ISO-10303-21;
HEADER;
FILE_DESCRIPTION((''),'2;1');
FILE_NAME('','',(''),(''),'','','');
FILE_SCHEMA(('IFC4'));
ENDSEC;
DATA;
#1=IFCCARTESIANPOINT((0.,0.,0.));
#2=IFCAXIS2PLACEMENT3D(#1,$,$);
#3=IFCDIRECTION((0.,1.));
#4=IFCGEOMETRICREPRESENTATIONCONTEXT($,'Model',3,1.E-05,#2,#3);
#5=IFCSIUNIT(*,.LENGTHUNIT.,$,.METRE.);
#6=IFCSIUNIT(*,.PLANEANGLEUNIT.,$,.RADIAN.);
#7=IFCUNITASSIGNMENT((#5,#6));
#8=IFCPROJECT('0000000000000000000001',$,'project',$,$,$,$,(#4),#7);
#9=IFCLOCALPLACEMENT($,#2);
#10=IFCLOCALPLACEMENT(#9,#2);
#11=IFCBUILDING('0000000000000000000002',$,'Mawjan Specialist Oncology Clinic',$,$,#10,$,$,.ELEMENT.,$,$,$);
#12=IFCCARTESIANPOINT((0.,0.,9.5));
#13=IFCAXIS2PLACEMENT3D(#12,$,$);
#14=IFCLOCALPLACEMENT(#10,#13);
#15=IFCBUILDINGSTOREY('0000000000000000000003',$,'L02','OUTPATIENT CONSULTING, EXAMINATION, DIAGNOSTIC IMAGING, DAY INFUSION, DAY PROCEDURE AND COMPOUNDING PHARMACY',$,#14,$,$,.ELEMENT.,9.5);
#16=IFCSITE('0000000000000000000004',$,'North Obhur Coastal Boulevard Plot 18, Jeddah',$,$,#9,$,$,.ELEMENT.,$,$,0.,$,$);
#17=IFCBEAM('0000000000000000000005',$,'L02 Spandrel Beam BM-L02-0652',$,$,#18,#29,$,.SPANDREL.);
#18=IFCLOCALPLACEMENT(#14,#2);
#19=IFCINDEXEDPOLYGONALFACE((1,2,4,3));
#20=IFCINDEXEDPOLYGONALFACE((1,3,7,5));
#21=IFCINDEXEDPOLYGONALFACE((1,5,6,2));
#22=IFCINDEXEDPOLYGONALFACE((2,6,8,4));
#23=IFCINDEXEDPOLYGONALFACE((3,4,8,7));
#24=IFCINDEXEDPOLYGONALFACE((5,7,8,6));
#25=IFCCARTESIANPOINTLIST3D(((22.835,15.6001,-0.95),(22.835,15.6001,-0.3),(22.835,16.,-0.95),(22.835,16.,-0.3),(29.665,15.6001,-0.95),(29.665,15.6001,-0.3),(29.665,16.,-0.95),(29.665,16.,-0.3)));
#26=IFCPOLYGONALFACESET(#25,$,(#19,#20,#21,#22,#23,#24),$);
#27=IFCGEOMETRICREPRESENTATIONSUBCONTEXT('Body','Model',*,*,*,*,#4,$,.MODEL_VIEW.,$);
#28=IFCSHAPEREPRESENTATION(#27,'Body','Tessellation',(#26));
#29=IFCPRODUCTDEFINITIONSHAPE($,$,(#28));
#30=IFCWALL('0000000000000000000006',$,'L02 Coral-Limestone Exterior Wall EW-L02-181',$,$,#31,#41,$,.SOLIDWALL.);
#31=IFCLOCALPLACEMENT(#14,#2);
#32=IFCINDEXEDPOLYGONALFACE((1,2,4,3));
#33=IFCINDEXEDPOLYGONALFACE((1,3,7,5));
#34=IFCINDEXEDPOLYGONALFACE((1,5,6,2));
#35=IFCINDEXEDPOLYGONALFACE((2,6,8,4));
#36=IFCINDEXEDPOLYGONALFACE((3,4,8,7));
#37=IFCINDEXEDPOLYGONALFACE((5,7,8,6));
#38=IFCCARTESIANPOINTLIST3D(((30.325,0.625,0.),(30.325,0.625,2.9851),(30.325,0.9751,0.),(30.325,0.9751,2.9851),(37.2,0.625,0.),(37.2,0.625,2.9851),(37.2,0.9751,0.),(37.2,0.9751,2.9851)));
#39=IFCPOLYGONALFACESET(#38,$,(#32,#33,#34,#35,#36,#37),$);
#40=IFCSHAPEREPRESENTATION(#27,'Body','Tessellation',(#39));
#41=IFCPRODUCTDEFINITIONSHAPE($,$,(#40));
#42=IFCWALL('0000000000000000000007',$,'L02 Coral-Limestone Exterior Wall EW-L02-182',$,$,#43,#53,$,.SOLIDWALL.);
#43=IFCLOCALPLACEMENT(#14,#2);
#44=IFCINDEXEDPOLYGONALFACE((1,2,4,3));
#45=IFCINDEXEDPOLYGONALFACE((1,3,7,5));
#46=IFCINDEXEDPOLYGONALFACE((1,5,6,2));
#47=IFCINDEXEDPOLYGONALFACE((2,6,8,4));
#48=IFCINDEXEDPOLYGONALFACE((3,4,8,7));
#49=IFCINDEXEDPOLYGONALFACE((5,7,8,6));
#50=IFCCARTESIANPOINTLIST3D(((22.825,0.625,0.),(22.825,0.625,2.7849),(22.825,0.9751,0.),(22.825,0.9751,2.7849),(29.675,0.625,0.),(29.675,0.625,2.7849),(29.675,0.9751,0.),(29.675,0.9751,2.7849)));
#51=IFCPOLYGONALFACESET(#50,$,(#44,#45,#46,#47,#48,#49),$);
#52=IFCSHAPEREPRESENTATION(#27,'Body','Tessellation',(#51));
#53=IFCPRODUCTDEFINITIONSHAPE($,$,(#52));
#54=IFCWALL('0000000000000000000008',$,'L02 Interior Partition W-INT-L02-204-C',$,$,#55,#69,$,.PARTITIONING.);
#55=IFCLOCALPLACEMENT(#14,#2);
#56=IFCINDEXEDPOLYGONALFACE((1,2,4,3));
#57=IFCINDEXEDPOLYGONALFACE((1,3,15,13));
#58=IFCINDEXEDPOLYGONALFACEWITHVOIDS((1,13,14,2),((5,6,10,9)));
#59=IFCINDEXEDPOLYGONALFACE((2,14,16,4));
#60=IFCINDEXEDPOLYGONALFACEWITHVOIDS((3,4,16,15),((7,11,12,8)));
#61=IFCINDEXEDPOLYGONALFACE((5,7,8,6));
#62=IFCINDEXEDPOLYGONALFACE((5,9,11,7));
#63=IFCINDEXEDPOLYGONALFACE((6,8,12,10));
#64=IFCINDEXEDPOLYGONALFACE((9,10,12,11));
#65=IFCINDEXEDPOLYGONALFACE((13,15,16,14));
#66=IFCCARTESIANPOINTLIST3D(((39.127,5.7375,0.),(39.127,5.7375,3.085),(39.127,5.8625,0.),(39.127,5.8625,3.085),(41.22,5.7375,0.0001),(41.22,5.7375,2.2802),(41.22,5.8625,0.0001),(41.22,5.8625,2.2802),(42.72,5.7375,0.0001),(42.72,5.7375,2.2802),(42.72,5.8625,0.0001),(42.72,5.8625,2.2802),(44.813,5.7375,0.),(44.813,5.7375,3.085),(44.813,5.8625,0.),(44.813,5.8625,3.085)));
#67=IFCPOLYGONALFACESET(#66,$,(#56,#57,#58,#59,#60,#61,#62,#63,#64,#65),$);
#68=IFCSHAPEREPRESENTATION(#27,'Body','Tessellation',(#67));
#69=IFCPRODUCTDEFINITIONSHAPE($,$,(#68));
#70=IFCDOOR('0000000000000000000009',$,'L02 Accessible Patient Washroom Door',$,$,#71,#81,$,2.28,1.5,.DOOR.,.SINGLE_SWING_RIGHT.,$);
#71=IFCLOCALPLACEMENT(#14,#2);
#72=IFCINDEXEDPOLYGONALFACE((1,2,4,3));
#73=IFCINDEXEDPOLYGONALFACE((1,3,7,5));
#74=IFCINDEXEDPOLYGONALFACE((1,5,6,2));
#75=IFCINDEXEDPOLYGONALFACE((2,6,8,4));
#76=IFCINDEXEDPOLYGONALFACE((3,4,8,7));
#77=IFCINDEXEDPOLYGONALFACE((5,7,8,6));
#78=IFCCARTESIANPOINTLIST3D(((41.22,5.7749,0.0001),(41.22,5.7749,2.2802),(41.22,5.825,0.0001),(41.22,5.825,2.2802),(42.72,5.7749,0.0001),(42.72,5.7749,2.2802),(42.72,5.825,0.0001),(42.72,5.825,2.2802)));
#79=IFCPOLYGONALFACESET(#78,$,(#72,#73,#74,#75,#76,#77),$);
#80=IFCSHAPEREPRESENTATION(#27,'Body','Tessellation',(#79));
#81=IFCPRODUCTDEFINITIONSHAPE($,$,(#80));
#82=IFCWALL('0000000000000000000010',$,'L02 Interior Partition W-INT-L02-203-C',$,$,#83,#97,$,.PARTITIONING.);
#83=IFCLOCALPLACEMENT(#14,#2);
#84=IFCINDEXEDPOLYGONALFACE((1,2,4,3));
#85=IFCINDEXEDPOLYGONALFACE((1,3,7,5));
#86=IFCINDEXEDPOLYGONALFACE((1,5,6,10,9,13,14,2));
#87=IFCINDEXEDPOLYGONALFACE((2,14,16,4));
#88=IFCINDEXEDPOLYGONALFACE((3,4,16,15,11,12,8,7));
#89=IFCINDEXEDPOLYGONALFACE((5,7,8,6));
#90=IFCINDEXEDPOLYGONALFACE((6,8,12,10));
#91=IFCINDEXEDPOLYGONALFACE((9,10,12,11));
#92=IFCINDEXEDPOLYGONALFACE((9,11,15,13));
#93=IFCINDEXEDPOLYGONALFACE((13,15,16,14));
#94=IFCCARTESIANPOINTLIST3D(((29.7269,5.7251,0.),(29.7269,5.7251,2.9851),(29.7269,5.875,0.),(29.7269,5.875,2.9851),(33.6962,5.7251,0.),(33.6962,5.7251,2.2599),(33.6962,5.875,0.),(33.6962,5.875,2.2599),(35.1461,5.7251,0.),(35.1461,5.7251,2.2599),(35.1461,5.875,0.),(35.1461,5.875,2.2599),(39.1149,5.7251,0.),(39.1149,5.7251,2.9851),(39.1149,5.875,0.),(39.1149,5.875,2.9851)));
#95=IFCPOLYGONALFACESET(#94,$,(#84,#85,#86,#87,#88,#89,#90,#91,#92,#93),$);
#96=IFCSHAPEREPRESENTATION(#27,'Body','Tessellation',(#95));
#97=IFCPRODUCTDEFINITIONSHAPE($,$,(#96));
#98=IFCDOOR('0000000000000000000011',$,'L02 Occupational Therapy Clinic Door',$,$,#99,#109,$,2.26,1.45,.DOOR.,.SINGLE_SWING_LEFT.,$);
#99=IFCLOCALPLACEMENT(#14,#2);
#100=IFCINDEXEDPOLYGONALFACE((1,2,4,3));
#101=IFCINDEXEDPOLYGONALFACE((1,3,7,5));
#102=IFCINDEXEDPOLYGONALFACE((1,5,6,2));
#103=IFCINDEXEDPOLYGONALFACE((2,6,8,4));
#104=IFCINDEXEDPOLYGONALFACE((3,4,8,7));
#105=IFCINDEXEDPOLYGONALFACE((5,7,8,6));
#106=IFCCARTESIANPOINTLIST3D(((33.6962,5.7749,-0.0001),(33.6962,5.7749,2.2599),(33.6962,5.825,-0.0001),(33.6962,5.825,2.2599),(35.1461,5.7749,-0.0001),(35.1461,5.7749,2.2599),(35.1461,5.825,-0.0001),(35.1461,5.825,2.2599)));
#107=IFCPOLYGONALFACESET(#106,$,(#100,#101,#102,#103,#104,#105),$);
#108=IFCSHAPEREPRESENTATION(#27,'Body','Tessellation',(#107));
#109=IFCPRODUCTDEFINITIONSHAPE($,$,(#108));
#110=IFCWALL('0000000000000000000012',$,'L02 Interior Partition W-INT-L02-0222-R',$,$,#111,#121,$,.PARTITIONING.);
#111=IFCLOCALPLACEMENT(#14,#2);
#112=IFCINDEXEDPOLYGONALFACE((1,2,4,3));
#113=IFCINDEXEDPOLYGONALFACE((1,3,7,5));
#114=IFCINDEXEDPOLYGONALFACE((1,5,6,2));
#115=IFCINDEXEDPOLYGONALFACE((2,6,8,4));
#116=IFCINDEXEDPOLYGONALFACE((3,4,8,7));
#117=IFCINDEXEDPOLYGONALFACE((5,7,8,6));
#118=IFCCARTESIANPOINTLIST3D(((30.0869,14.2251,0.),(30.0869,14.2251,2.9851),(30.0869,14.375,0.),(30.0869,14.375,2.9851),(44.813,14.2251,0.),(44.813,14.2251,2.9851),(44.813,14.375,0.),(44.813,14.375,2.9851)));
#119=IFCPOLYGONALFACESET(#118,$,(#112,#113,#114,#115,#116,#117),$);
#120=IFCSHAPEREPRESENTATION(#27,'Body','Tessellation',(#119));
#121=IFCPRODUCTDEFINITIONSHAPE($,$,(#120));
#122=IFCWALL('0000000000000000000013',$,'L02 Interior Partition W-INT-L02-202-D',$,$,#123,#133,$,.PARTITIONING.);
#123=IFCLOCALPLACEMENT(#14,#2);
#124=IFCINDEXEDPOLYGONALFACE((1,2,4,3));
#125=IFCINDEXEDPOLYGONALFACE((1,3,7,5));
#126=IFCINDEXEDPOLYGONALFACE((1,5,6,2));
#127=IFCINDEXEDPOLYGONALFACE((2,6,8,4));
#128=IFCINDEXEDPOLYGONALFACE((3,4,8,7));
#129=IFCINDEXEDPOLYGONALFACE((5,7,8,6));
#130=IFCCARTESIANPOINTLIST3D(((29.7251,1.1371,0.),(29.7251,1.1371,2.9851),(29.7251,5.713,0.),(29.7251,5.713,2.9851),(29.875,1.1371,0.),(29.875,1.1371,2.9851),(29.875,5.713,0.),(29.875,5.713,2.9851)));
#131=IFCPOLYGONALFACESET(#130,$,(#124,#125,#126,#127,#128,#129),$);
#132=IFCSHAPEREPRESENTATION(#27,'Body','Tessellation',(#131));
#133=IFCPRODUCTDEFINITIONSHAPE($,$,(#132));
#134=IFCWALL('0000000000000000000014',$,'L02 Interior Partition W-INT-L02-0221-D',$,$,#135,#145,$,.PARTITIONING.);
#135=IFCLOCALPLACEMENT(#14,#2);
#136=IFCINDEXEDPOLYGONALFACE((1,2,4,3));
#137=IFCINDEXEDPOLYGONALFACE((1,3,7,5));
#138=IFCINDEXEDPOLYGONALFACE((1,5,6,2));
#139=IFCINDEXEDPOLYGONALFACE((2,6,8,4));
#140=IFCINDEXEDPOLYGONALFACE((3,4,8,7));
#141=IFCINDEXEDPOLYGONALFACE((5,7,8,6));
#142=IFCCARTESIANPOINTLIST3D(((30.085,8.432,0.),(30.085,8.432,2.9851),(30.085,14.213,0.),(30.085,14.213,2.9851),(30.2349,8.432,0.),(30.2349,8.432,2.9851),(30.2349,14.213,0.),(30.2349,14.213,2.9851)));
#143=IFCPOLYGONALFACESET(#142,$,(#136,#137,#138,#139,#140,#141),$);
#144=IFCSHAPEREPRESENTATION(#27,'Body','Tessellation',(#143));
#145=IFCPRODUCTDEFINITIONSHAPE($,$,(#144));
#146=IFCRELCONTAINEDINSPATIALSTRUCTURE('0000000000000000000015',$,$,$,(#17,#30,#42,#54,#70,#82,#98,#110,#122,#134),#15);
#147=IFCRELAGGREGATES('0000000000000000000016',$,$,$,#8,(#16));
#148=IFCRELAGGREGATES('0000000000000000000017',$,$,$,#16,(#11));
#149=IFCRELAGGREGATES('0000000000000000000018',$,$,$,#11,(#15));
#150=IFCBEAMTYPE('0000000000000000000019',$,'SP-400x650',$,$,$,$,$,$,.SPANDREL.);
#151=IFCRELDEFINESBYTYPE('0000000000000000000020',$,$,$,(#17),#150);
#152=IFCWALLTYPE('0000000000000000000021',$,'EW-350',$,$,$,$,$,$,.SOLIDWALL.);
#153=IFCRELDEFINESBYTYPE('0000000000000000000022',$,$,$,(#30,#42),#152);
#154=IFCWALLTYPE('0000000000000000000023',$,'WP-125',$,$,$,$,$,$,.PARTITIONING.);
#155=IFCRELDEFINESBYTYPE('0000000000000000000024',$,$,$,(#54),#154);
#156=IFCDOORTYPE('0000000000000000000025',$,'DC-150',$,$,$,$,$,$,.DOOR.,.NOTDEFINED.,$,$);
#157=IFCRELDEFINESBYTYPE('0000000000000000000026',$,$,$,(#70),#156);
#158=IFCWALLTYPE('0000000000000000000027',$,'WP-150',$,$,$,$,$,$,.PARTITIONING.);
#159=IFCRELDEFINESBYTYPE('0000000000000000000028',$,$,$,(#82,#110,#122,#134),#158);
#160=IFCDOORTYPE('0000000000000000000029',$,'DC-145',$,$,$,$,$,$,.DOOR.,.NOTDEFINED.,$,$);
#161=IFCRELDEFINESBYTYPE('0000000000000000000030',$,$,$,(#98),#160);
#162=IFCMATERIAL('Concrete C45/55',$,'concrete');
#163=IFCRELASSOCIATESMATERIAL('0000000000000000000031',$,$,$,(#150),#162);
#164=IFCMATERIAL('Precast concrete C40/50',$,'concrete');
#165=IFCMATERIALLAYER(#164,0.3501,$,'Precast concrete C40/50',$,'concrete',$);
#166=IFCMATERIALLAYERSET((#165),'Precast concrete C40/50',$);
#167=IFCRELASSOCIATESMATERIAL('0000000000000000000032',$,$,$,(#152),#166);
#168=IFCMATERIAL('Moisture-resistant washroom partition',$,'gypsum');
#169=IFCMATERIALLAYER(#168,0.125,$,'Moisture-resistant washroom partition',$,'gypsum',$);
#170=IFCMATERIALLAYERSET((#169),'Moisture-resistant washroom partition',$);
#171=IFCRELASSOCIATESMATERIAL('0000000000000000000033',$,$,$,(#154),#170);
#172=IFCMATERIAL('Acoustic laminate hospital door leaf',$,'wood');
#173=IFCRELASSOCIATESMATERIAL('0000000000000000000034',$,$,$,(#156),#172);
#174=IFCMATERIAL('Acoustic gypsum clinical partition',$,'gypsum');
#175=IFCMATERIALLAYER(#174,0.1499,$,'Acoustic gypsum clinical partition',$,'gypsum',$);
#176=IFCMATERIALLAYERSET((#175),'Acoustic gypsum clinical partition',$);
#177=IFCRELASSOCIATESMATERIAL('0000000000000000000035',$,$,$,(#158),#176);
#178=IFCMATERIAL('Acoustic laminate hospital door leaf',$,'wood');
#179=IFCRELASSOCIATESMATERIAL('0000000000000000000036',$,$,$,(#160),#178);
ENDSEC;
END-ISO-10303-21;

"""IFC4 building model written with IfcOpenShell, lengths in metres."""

from ifc_helpers import new_model, si_unit, direction, frame, frame_2d, origin, origin_2d, place, context, subcontext, project, spatial, rectangle, extrude, material, layer, layer_set, material_profile, profile_set, type_object, element, fill, save


model = new_model("IFC4")

# Units and contexts
model_context = context("Model", 3, precision=1e-05, world=origin(), true_north=direction((0.0, 1.0)))
body_context = subcontext(model_context, "Body", "Model", "MODEL_VIEW")
ifc_project = project(units=[si_unit("LENGTHUNIT", "METRE"), si_unit("PLANEANGLEUNIT", "RADIAN")], contexts=[model_context])

# Site, building, storey
site_placement = place(None, origin())
site = spatial("IfcSite", under=ifc_project, at=site_placement, Name="North Obhur Coastal Boulevard Plot 18, Jeddah", CompositionType="ELEMENT", RefElevation=0.0)
building_placement = place(site_placement, origin())
building = spatial("IfcBuilding", under=site, at=building_placement, Name="Mawjan Specialist Oncology Clinic", CompositionType="ELEMENT")
storey_placement = place(building_placement, frame((0.0, 0.0, 9.5)))
storey = spatial("IfcBuildingStorey", under=building, at=storey_placement, Name="L02", Description="OUTPATIENT CONSULTING, EXAMINATION, DIAGNOSTIC IMAGING, DAY INFUSION, DAY PROCEDURE AND COMPOUNDING PHARMACY", CompositionType="ELEMENT", Elevation=9.5)

# Beam
ifc_material_1 = material(Name="Concrete C45/55", Category="concrete")
ifc_material_profile_1 = material_profile(ifc_material_1, rectangle(XDim=0.3999, YDim=0.6499, at=origin_2d()), Name="RC BM 400x650", Category="concrete")
ifc_profile_set_1 = profile_set([ifc_material_profile_1], Name="Concrete C45/55")
beam_type_1 = type_object("IfcBeamType", Name="SP-400x650", PredefinedType="SPANDREL", material=ifc_profile_set_1)
beam_1_placement = place(storey_placement, frame((22.835, 15.8, -0.625), z_axis=(1.0, 0.0, 0.0), x_axis=(0.0, 1.0, 0.0)))
element("IfcBeam", 1, at=beam_1_placement, inside=storey, type_object=beam_type_1, Name="L02 Spandrel Beam BM-L02-0652", PredefinedType="SPANDREL", context=body_context, shape_type="SweptSolid", body=[
    extrude(rectangle(XDim=0.3999, YDim=0.6499, at=origin_2d()), origin(), (0.0, 0.0, 1.0), 6.8301),
])

# Walls
ifc_material_2 = material(Name="Precast concrete C40/50", Category="concrete")
ifc_layer_1 = layer(ifc_material_2, 0.3501, Name="Precast concrete C40/50", Category="concrete")
ifc_layer_set_1 = layer_set([ifc_layer_1], Name="Precast concrete C40/50")
wall_type_1 = type_object("IfcWallType", Name="EW-350", PredefinedType="SOLIDWALL", material=ifc_layer_set_1)
wall_1_placement = place(storey_placement, frame((37.2, 0.8, 0.0), z_axis=(0.0, 0.0, 1.0), x_axis=(-1.0, 0.0, 0.0)))
element("IfcWall", 2, at=wall_1_placement, inside=storey, type_object=wall_type_1, Name="L02 Coral-Limestone Exterior Wall EW-L02-181", PredefinedType="SOLIDWALL", context=body_context, shape_type="SweptSolid", body=[
    extrude(rectangle(XDim=6.875, YDim=0.3501, at=frame_2d((3.4375, 0.0))), origin(), (0.0, 0.0, 1.0), 2.9851),
])
wall_2_placement = place(storey_placement, frame((29.675, 0.8, 0.0), z_axis=(0.0, 0.0, 1.0), x_axis=(-1.0, 0.0, 0.0)))
element("IfcWall", 3, at=wall_2_placement, inside=storey, type_object=wall_type_1, Name="L02 Coral-Limestone Exterior Wall EW-L02-182", PredefinedType="SOLIDWALL", context=body_context, shape_type="SweptSolid", body=[
    extrude(rectangle(XDim=6.8501, YDim=0.3501, at=frame_2d((3.425, 0.0))), origin(), (0.0, 0.0, 1.0), 2.7849),
])

# Walls, openings, doors
ifc_material_3 = material(Name="Moisture-resistant washroom partition", Category="gypsum")
ifc_layer_2 = layer(ifc_material_3, 0.125, Name="Moisture-resistant washroom partition", Category="gypsum")
ifc_layer_set_2 = layer_set([ifc_layer_2], Name="Moisture-resistant washroom partition")
wall_type_2 = type_object("IfcWallType", Name="WP-125", PredefinedType="PARTITIONING", material=ifc_layer_set_2)
wall_3_placement = place(storey_placement, frame((39.127, 5.8, 0.0), z_axis=(0.0, 0.0, 1.0), x_axis=(1.0, 0.0, 0.0)))
wall_3 = element("IfcWall", 4, at=wall_3_placement, inside=storey, type_object=wall_type_2, Name="L02 Interior Partition W-INT-L02-204-C", PredefinedType="PARTITIONING", context=body_context, shape_type="SweptSolid", body=[
    extrude(rectangle(XDim=5.686, YDim=0.125, at=frame_2d((2.843, 0.0))), origin(), (0.0, 0.0, 1.0), 3.085),
])
opening_1_placement = place(wall_3_placement, frame((2.093, 0.0, 0.0)))
opening_1 = element("IfcOpeningElement", 5, at=opening_1_placement, cuts=wall_3, PredefinedType="OPENING", context=body_context, shape_type="SweptSolid", body=[
    extrude(rectangle(XDim=1.5, YDim=2.28, at=frame_2d((0.75, 1.1401))), frame((0.0, 0.0745, 0.0), z_axis=(0.0, -1.0, 0.0), x_axis=(1.0, 0.0, 0.0)), (0.0, 0.0, 1.0), 0.1489),
])
ifc_material_4 = material(Name="Acoustic laminate hospital door leaf", Category="wood")
door_type_1 = type_object("IfcDoorType", Name="DC-150", OperationType="NOTDEFINED", PredefinedType="DOOR", material=ifc_material_4)
door_1_placement = place(opening_1_placement, origin())
door_1 = element("IfcDoor", 6, at=door_1_placement, inside=storey, type_object=door_type_1, Name="L02 Accessible Patient Washroom Door", OperationType="SINGLE_SWING_RIGHT", OverallHeight=2.28, OverallWidth=1.5, PredefinedType="DOOR", context=body_context, shape_type="SweptSolid", body=[
    extrude(rectangle(XDim=1.5, YDim=2.28, at=frame_2d((0.75, 1.1401))), frame((0.0, 0.0249, 0.0), z_axis=(0.0, -1.0, 0.0), x_axis=(1.0, 0.0, 0.0)), (0.0, 0.0, 1.0), 0.05),
])
fill(opening_1, door_1)
ifc_material_5 = material(Name="Acoustic gypsum clinical partition", Category="gypsum")
ifc_layer_3 = layer(ifc_material_5, 0.1499, Name="Acoustic gypsum clinical partition", Category="gypsum")
ifc_layer_set_3 = layer_set([ifc_layer_3], Name="Acoustic gypsum clinical partition")
wall_type_3 = type_object("IfcWallType", Name="WP-150", PredefinedType="PARTITIONING", material=ifc_layer_set_3)
wall_4_placement = place(storey_placement, frame((29.7271, 5.8, 0.0), z_axis=(0.0, 0.0, 1.0), x_axis=(1.0, 0.0, 0.0)))
wall_4 = element("IfcWall", 7, at=wall_4_placement, inside=storey, type_object=wall_type_3, Name="L02 Interior Partition W-INT-L02-203-C", PredefinedType="PARTITIONING", context=body_context, shape_type="SweptSolid", body=[
    extrude(rectangle(XDim=9.3879, YDim=0.1499, at=frame_2d((4.6938, 0.0))), origin(), (0.0, 0.0, 1.0), 2.9851),
])
opening_2_placement = place(wall_4_placement, frame((3.969, 0.0, 0.0)))
opening_2 = element("IfcOpeningElement", 8, at=opening_2_placement, cuts=wall_4, PredefinedType="OPENING", context=body_context, shape_type="SweptSolid", body=[
    extrude(rectangle(XDim=1.45, YDim=2.26, at=frame_2d((0.7251, 1.1299))), frame((0.0, 0.0869, 0.0), z_axis=(0.0, -1.0, 0.0), x_axis=(1.0, 0.0, 0.0)), (0.0, 0.0, 1.0), 0.1738),
])
ifc_material_6 = material(Name="Acoustic laminate hospital door leaf", Category="wood")
door_type_2 = type_object("IfcDoorType", Name="DC-145", OperationType="NOTDEFINED", PredefinedType="DOOR", material=ifc_material_6)
door_2_placement = place(opening_2_placement, origin())
door_2 = element("IfcDoor", 9, at=door_2_placement, inside=storey, type_object=door_type_2, Name="L02 Occupational Therapy Clinic Door", OperationType="SINGLE_SWING_LEFT", OverallHeight=2.26, OverallWidth=1.45, PredefinedType="DOOR", context=body_context, shape_type="SweptSolid", body=[
    extrude(rectangle(XDim=1.45, YDim=2.26, at=frame_2d((0.7251, 1.1299))), frame((0.0, 0.0249, 0.0), z_axis=(0.0, -1.0, 0.0), x_axis=(1.0, 0.0, 0.0)), (0.0, 0.0, 1.0), 0.05),
])
fill(opening_2, door_2)

# Walls
wall_5_placement = place(storey_placement, frame((30.0869, 14.3, 0.0), z_axis=(0.0, 0.0, 1.0), x_axis=(1.0, 0.0, 0.0)))
element("IfcWall", 10, at=wall_5_placement, inside=storey, type_object=wall_type_3, Name="L02 Interior Partition W-INT-L02-0222-R", PredefinedType="PARTITIONING", context=body_context, shape_type="SweptSolid", body=[
    extrude(rectangle(XDim=14.7261, YDim=0.1499, at=frame_2d((7.363, 0.0))), origin(), (0.0, 0.0, 1.0), 2.9851),
])
wall_6_placement = place(storey_placement, frame((29.8, 1.137, 0.0), z_axis=(0.0, 0.0, 1.0), x_axis=(0.0, 1.0, 0.0)))
element("IfcWall", 11, at=wall_6_placement, inside=storey, type_object=wall_type_3, Name="L02 Interior Partition W-INT-L02-202-D", PredefinedType="PARTITIONING", context=body_context, shape_type="SweptSolid", body=[
    extrude(rectangle(XDim=4.5759, YDim=0.1499, at=frame_2d((2.2881, 0.0))), origin(), (0.0, 0.0, 1.0), 2.9851),
])
wall_7_placement = place(storey_placement, frame((30.1599, 8.4319, 0.0), z_axis=(0.0, 0.0, 1.0), x_axis=(0.0, 1.0, 0.0)))
element("IfcWall", 12, at=wall_7_placement, inside=storey, type_object=wall_type_3, Name="L02 Interior Partition W-INT-L02-0221-D", PredefinedType="PARTITIONING", context=body_context, shape_type="SweptSolid", body=[
    extrude(rectangle(XDim=5.781, YDim=0.1499, at=frame_2d((2.8906, 0.0))), origin(), (0.0, 0.0, 1.0), 2.9851),
])

save(model, "model.ifc")
